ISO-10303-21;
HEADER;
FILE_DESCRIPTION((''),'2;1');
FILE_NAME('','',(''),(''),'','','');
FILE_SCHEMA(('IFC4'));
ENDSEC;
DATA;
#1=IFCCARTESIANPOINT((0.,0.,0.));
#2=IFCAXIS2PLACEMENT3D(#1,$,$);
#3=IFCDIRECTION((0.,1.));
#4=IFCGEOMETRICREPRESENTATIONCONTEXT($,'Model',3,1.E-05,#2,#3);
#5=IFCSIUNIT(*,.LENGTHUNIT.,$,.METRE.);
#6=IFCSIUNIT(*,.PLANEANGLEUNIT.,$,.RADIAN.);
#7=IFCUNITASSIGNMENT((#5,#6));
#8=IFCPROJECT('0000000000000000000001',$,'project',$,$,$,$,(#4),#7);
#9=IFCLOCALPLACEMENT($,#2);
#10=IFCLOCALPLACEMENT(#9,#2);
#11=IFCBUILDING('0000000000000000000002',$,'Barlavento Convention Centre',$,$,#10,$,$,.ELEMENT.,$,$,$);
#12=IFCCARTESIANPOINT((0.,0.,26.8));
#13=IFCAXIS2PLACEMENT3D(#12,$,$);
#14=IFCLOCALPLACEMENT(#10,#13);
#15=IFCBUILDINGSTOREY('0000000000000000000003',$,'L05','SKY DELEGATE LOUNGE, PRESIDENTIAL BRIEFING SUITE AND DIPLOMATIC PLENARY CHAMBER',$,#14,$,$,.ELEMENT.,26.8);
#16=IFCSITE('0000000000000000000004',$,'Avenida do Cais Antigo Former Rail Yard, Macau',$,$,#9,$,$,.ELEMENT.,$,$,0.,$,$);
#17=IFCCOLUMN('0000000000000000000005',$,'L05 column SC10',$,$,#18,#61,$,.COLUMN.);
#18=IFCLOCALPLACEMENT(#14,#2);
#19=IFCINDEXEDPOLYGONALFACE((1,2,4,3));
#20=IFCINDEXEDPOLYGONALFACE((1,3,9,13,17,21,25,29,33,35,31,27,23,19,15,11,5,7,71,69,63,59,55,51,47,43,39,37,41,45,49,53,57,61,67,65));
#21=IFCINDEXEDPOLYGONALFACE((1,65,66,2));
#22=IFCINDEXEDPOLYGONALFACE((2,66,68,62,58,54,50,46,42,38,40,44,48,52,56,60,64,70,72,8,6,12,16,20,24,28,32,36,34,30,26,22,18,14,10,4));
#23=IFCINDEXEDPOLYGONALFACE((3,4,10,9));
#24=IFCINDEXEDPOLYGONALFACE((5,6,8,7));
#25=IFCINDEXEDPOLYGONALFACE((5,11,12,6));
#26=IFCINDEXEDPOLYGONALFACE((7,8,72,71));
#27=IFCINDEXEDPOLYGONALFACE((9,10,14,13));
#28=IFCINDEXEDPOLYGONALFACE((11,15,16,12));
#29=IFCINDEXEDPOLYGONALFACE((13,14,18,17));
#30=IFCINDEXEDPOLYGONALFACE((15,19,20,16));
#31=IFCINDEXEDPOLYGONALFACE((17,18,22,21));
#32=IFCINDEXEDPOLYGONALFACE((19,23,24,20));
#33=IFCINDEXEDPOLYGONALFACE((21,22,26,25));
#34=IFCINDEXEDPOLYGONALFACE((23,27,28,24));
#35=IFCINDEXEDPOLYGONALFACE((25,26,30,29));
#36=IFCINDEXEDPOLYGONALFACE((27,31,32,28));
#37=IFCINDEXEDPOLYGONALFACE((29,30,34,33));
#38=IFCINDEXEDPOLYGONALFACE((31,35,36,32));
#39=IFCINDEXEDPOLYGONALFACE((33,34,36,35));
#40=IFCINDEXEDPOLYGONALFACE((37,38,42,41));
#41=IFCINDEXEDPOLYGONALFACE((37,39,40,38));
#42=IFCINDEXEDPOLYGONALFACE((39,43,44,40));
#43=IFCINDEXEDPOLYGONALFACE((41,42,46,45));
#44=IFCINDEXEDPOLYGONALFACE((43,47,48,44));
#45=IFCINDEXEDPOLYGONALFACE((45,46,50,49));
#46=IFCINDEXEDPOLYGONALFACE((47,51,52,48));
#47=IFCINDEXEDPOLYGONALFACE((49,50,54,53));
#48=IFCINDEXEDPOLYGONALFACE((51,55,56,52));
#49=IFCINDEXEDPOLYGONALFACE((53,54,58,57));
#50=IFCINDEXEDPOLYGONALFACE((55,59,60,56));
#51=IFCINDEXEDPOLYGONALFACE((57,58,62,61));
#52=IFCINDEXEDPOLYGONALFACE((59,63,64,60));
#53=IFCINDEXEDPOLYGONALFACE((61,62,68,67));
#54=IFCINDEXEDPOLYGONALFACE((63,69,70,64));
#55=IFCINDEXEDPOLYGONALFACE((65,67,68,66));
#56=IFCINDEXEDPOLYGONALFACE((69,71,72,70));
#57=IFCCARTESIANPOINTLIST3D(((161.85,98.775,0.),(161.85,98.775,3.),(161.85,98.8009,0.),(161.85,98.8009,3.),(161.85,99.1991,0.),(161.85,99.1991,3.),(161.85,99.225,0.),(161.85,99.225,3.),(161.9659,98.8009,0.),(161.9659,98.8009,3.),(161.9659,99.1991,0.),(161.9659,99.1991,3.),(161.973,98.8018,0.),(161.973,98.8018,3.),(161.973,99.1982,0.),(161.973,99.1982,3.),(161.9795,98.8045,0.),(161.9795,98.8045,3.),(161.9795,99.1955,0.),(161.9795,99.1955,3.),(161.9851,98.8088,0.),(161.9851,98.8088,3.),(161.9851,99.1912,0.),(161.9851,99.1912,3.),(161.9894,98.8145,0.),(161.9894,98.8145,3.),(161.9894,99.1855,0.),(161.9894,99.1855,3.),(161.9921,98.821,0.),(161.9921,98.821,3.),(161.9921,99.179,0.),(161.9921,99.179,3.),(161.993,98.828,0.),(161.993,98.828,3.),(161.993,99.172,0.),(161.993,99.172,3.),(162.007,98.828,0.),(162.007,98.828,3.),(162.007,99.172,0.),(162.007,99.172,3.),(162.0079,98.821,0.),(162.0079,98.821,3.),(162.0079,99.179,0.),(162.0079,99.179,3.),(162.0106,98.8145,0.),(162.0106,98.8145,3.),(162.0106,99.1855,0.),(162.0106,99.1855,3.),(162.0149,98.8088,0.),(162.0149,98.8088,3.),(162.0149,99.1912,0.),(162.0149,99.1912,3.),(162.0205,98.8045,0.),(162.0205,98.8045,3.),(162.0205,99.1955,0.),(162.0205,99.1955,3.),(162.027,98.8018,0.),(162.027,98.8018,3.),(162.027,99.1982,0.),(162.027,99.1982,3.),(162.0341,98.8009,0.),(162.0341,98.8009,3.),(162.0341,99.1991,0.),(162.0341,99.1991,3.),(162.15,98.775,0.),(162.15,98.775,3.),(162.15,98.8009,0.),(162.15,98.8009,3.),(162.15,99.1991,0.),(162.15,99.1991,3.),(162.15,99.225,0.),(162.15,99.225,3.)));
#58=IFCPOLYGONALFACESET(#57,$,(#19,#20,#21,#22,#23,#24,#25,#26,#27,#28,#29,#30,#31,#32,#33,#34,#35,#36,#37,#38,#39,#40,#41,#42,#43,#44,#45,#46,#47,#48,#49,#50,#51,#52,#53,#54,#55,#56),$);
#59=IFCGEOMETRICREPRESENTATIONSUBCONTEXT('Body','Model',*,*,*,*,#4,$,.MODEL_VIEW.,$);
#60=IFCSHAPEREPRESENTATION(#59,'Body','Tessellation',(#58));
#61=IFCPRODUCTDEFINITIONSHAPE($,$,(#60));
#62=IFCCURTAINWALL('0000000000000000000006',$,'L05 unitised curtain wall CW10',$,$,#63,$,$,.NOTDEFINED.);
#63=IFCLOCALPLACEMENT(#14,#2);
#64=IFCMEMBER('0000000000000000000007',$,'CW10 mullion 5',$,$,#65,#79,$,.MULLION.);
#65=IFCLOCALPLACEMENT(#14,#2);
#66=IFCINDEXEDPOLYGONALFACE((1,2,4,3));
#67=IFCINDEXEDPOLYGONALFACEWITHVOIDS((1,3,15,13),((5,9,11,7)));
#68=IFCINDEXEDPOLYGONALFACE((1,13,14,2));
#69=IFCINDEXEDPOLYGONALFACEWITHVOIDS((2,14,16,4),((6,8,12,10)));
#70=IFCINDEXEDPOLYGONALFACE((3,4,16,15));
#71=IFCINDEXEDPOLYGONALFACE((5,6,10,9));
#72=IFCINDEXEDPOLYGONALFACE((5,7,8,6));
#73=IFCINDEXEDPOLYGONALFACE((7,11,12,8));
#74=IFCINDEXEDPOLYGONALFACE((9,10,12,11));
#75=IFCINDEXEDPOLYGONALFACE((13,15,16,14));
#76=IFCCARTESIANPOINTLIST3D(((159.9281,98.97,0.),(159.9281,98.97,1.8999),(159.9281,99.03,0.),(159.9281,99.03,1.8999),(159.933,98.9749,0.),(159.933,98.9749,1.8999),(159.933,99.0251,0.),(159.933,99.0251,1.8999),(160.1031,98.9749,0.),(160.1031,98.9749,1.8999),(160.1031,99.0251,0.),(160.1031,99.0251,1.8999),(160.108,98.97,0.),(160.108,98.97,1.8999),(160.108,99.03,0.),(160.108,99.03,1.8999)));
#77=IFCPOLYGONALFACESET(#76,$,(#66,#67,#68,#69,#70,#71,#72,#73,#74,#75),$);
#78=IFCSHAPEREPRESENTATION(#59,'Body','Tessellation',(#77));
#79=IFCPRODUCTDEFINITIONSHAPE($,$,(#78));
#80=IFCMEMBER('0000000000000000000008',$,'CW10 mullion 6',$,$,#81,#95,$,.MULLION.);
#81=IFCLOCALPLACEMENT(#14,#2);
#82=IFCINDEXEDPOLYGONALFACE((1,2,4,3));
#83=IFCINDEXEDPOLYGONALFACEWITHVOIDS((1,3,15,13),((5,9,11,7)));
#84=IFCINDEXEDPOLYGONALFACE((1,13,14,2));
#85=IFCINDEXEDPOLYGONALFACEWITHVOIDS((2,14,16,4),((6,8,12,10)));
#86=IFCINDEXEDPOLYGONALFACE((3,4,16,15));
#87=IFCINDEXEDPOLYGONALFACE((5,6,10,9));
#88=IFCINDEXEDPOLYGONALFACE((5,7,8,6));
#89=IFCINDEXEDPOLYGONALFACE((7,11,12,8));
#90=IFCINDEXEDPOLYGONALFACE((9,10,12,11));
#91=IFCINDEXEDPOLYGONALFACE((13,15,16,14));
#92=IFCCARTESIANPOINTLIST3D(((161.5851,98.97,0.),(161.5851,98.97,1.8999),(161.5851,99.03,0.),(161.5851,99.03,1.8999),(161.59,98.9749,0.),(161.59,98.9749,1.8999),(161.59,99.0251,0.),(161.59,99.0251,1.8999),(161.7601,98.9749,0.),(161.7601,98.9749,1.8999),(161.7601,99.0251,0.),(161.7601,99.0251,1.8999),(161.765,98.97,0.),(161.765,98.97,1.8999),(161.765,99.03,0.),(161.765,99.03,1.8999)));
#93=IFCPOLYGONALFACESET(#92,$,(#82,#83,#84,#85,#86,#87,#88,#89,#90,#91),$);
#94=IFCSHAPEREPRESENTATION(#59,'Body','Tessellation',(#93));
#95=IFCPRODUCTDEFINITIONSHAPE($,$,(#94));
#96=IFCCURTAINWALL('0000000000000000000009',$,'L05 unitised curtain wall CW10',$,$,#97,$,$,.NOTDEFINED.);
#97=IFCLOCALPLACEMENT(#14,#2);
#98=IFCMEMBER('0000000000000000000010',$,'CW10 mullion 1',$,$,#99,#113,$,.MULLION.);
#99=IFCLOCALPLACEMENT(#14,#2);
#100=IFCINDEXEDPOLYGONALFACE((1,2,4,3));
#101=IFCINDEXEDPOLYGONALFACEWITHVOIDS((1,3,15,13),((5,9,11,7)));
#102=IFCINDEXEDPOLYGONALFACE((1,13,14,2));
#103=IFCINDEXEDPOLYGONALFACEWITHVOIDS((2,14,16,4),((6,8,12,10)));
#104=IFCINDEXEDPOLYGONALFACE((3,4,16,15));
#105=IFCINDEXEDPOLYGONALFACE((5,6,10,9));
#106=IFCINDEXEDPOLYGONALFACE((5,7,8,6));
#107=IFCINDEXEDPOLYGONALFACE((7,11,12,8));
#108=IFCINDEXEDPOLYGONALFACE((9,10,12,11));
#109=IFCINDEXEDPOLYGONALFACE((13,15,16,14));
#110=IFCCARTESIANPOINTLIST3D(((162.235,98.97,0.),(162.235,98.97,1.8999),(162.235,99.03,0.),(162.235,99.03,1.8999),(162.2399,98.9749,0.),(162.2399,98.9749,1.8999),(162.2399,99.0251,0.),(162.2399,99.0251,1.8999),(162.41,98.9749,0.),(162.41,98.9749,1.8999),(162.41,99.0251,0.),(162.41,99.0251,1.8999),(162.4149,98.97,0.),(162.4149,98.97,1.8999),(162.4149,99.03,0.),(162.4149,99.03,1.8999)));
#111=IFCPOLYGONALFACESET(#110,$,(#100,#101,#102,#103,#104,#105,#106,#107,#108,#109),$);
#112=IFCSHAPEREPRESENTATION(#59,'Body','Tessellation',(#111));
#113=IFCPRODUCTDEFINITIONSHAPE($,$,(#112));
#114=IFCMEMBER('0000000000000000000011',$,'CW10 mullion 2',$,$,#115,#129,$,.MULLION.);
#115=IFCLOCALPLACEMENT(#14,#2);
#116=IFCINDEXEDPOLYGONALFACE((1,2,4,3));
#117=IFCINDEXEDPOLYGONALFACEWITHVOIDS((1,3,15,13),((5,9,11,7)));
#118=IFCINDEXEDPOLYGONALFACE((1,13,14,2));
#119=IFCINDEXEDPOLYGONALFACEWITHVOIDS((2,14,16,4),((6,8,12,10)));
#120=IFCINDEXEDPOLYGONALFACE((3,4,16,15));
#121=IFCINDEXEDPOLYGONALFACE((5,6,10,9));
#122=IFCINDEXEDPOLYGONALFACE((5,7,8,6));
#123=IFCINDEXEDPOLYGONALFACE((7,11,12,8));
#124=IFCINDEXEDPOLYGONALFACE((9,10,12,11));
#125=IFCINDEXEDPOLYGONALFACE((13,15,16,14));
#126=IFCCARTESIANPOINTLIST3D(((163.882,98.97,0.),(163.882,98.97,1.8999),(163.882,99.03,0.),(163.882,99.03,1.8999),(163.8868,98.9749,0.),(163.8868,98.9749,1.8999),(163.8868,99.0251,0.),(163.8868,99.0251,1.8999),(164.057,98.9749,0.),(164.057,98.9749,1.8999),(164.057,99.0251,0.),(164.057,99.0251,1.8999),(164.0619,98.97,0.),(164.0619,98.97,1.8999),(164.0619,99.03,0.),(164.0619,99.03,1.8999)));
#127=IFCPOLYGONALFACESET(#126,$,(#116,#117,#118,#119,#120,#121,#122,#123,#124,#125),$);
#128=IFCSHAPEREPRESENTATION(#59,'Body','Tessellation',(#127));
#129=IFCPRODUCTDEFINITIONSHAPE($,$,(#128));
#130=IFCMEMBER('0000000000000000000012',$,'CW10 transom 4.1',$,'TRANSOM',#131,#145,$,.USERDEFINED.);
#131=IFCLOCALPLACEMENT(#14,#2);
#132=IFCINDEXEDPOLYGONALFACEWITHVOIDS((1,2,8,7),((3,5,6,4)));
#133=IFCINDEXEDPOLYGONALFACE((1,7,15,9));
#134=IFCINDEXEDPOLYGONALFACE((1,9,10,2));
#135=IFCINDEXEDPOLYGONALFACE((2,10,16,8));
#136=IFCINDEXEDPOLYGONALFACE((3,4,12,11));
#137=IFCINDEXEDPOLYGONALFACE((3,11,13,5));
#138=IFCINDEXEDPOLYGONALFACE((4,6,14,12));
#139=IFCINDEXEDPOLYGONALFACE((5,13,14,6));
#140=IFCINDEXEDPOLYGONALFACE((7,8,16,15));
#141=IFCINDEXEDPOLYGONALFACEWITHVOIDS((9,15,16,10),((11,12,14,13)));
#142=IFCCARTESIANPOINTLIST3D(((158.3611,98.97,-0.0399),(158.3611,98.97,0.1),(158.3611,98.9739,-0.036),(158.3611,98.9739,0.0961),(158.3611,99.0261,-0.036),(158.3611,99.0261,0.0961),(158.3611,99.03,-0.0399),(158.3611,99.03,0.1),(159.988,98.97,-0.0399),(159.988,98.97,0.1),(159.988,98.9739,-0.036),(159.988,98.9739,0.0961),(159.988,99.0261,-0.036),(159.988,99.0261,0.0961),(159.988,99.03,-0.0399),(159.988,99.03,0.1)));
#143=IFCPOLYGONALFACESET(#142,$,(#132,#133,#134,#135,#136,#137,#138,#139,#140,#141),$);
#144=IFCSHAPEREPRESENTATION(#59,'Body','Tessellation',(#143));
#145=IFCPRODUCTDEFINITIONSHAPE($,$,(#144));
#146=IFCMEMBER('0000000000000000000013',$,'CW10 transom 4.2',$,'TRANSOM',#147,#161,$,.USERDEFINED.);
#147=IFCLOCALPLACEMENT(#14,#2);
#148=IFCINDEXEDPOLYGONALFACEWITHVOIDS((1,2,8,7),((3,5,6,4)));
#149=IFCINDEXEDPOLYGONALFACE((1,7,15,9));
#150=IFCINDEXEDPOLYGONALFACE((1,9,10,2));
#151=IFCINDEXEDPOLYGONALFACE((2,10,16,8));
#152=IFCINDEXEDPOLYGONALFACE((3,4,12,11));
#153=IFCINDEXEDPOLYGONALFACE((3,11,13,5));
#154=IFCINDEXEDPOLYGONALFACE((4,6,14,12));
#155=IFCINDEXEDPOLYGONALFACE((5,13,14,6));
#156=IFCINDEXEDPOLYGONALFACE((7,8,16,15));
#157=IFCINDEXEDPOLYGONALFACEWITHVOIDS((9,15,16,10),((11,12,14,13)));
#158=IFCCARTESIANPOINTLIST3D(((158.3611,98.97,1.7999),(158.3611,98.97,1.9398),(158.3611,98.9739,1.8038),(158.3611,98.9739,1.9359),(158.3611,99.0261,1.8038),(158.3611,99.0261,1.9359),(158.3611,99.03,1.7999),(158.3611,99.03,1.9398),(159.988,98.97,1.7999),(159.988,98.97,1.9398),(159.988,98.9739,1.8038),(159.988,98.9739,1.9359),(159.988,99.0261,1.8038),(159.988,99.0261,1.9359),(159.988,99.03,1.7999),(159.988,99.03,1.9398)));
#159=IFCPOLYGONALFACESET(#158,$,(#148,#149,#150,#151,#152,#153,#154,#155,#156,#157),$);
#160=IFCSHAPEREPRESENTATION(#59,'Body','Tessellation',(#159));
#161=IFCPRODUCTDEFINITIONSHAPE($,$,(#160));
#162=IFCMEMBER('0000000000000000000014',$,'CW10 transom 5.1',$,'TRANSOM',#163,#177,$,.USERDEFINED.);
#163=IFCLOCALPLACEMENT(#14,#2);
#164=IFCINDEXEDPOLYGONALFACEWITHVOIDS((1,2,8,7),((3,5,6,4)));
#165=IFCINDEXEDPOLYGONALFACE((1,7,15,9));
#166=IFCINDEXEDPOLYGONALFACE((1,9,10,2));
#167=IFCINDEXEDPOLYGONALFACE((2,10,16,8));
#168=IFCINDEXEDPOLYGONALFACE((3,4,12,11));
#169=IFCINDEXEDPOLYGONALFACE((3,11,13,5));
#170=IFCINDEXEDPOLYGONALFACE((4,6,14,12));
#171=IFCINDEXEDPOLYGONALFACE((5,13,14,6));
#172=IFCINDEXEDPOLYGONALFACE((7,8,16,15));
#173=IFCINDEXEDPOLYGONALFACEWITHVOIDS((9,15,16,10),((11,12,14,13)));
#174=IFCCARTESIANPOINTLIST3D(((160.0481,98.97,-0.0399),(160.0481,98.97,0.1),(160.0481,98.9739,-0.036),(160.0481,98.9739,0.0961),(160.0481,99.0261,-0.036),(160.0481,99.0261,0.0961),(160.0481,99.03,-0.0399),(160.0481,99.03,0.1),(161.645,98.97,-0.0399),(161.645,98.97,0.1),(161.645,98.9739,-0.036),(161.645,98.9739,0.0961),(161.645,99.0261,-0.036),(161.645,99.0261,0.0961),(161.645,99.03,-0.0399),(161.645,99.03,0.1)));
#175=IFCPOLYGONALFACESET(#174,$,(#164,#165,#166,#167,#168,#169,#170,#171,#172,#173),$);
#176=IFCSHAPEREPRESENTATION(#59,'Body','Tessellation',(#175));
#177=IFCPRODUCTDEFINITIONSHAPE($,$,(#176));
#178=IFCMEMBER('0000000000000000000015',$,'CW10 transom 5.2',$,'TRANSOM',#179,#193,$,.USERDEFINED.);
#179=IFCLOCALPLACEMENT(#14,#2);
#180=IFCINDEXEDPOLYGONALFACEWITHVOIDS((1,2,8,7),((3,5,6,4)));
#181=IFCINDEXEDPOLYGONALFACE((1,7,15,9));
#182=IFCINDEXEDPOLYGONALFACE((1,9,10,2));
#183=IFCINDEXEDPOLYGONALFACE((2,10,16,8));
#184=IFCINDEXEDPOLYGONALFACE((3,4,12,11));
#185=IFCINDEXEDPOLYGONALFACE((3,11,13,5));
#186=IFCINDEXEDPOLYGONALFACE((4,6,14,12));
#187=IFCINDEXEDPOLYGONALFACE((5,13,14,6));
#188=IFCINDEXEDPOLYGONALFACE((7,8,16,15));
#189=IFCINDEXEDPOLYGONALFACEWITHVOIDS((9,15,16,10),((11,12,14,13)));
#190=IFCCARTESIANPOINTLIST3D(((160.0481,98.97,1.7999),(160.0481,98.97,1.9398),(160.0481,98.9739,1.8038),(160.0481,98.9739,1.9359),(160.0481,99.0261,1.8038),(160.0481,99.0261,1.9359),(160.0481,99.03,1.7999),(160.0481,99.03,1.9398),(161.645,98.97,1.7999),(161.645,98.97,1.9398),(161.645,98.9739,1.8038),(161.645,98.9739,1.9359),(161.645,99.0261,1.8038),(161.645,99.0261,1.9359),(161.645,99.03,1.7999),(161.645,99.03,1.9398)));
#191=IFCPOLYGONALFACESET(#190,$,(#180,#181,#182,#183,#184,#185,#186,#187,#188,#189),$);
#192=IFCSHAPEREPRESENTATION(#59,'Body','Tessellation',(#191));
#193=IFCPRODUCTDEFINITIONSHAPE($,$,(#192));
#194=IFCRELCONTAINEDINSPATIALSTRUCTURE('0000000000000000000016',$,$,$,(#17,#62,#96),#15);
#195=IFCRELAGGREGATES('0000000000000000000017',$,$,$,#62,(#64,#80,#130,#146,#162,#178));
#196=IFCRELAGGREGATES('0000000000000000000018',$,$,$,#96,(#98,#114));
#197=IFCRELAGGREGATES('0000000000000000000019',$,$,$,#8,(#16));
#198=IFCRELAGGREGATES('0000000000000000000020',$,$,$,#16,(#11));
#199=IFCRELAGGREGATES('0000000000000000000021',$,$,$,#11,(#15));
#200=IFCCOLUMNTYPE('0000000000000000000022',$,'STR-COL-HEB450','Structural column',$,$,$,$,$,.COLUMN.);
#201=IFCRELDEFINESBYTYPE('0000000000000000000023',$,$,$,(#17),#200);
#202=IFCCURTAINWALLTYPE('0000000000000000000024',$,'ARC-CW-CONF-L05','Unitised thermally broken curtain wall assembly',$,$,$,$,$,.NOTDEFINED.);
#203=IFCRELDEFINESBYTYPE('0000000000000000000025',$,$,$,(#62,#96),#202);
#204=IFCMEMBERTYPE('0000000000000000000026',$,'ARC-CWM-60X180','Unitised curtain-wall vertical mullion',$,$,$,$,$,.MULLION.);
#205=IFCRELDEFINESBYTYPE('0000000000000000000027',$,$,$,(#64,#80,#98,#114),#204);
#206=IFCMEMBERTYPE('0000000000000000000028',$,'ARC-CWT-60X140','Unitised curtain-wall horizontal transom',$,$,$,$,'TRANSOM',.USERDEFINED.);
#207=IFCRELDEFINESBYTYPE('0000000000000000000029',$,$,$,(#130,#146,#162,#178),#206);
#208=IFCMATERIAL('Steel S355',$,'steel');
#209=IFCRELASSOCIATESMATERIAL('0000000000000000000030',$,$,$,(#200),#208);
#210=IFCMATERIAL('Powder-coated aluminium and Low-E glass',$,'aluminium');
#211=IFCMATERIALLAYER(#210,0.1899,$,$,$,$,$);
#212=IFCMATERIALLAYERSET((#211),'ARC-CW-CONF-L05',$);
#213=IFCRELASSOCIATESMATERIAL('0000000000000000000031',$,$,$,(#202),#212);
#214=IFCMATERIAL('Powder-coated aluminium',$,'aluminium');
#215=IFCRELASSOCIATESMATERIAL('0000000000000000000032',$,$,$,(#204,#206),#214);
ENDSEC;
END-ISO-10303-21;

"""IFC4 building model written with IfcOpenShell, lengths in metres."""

from ifc_helpers import new_model, si_unit, direction, frame, origin, origin_2d, place, context, subcontext, project, spatial, hollow_rectangle, i_section, extrude, material, layer, layer_set, material_profile, profile_set, type_object, element, aggregate, save


model = new_model("IFC4")

# Units and contexts
model_context = context("Model", 3, precision=1e-05, world=origin(), true_north=direction((0.0, 1.0)))
body_context = subcontext(model_context, "Body", "Model", "MODEL_VIEW")
ifc_project = project(units=[si_unit("LENGTHUNIT", "METRE"), si_unit("PLANEANGLEUNIT", "RADIAN")], contexts=[model_context])

# Site, building, storey
site_placement = place(None, origin())
site = spatial("IfcSite", under=ifc_project, at=site_placement, Name="Avenida do Cais Antigo Former Rail Yard, Macau", CompositionType="ELEMENT", RefElevation=0.0)
building_placement = place(site_placement, origin())
building = spatial("IfcBuilding", under=site, at=building_placement, Name="Barlavento Convention Centre", CompositionType="ELEMENT")
storey_placement = place(building_placement, frame((0.0, 0.0, 26.8)))
storey = spatial("IfcBuildingStorey", under=building, at=storey_placement, Name="L05", Description="SKY DELEGATE LOUNGE, PRESIDENTIAL BRIEFING SUITE AND DIPLOMATIC PLENARY CHAMBER", CompositionType="ELEMENT", Elevation=26.8)

# Column
ifc_material_1 = material(Name="Steel S355", Category="steel")
ifc_material_profile_1 = material_profile(ifc_material_1, i_section(OverallWidth=0.3, OverallDepth=0.45, WebThickness=0.0139, FlangeThickness=0.0259, FilletRadius=0.0271, at=origin_2d()), Name="HEB 450")
ifc_profile_set_1 = profile_set([ifc_material_profile_1], Name="Steel S355")
column_type = type_object("IfcColumnType", Name="STR-COL-HEB450", Description="Structural column", PredefinedType="COLUMN", material=ifc_profile_set_1)
column_placement = place(storey_placement, frame((162.0, 99.0, 0.0), z_axis=(0.0, 0.0, 1.0), x_axis=(1.0, 0.0, 0.0)))
element("IfcColumn", 1, at=column_placement, inside=storey, type_object=column_type, Name="L05 column SC10", PredefinedType="COLUMN", context=body_context, shape_type="SweptSolid", body=[
    extrude(i_section(OverallWidth=0.3, OverallDepth=0.45, WebThickness=0.0139, FlangeThickness=0.0259, FilletRadius=0.0271, at=origin_2d()), origin(), (0.0, 0.0, 1.0), 3.0),
])

# Curtain walls, members
ifc_material_2 = material(Name="Powder-coated aluminium and Low-E glass", Category="aluminium")
ifc_layer_1 = layer(ifc_material_2, 0.1899)
ifc_layer_set_1 = layer_set([ifc_layer_1], Name="ARC-CW-CONF-L05")
curtain_wall_type = type_object("IfcCurtainWallType", Name="ARC-CW-CONF-L05", Description="Unitised thermally broken curtain wall assembly", PredefinedType="NOTDEFINED", material=ifc_layer_set_1)
curtain_wall_1_placement = place(storey_placement, origin())
curtain_wall_1 = element("IfcCurtainWall", 2, at=curtain_wall_1_placement, inside=storey, type_object=curtain_wall_type, Name="L05 unitised curtain wall CW10", PredefinedType="NOTDEFINED")
ifc_material_3 = material(Name="Powder-coated aluminium", Category="aluminium")
ifc_material_profile_2 = material_profile(ifc_material_3, hollow_rectangle(XDim=0.0601, YDim=0.1799, WallThickness=0.0049, at=origin_2d()), Name="AL-MULL 60x180x5")
ifc_profile_set_2 = profile_set([ifc_material_profile_2], Name="Powder-coated aluminium")
member_type_1 = type_object("IfcMemberType", Name="ARC-CWM-60X180", Description="Unitised curtain-wall vertical mullion", PredefinedType="MULLION", material=ifc_profile_set_2)
member_1_placement = place(storey_placement, frame((160.0181, 99.0, 0.0), z_axis=(0.0, 0.0, 1.0), x_axis=(0.0, 1.0, 0.0)))
member_1 = element("IfcMember", 3, at=member_1_placement, type_object=member_type_1, Name="CW10 mullion 5", PredefinedType="MULLION", context=body_context, shape_type="SweptSolid", body=[
    extrude(hollow_rectangle(XDim=0.0601, YDim=0.1799, WallThickness=0.0049, at=origin_2d()), origin(), (0.0, 0.0, 1.0), 1.8999),
])
member_2_placement = place(storey_placement, frame((161.675, 99.0, 0.0), z_axis=(0.0, 0.0, 1.0), x_axis=(0.0, 1.0, 0.0)))
member_2 = element("IfcMember", 4, at=member_2_placement, type_object=member_type_1, Name="CW10 mullion 6", PredefinedType="MULLION", context=body_context, shape_type="SweptSolid", body=[
    extrude(hollow_rectangle(XDim=0.0601, YDim=0.1799, WallThickness=0.0049, at=origin_2d()), origin(), (0.0, 0.0, 1.0), 1.8999),
])
curtain_wall_2_placement = place(storey_placement, origin())
curtain_wall_2 = element("IfcCurtainWall", 5, at=curtain_wall_2_placement, inside=storey, type_object=curtain_wall_type, Name="L05 unitised curtain wall CW10", PredefinedType="NOTDEFINED")
member_3_placement = place(storey_placement, frame((162.325, 99.0, 0.0), z_axis=(0.0, 0.0, 1.0), x_axis=(0.0, 1.0, 0.0)))
member_3 = element("IfcMember", 6, at=member_3_placement, type_object=member_type_1, Name="CW10 mullion 1", PredefinedType="MULLION", context=body_context, shape_type="SweptSolid", body=[
    extrude(hollow_rectangle(XDim=0.0601, YDim=0.1799, WallThickness=0.0049, at=origin_2d()), origin(), (0.0, 0.0, 1.0), 1.8999),
])
member_4_placement = place(storey_placement, frame((163.9719, 99.0, 0.0), z_axis=(0.0, 0.0, 1.0), x_axis=(0.0, 1.0, 0.0)))
member_4 = element("IfcMember", 7, at=member_4_placement, type_object=member_type_1, Name="CW10 mullion 2", PredefinedType="MULLION", context=body_context, shape_type="SweptSolid", body=[
    extrude(hollow_rectangle(XDim=0.0601, YDim=0.1799, WallThickness=0.0049, at=origin_2d()), origin(), (0.0, 0.0, 1.0), 1.8999),
])

# Members
ifc_material_profile_3 = material_profile(ifc_material_3, hollow_rectangle(XDim=0.0601, YDim=0.1399, WallThickness=0.0039, at=origin_2d()), Name="AL-TRAN 60x140x4")
ifc_profile_set_3 = profile_set([ifc_material_profile_3], Name="Powder-coated aluminium")
member_type_2 = type_object("IfcMemberType", Name="ARC-CWT-60X140", Description="Unitised curtain-wall horizontal transom", ElementType="TRANSOM", PredefinedType="USERDEFINED", material=ifc_profile_set_3)
member_5_placement = place(storey_placement, frame((158.3611, 99.0, 0.03), z_axis=(1.0, 0.0, 0.0), x_axis=(0.0, 1.0, 0.0)))
member_5 = element("IfcMember", 8, at=member_5_placement, type_object=member_type_2, Name="CW10 transom 4.1", ObjectType="TRANSOM", PredefinedType="USERDEFINED", context=body_context, shape_type="SweptSolid", body=[
    extrude(hollow_rectangle(XDim=0.0601, YDim=0.1399, WallThickness=0.0039, at=origin_2d()), origin(), (0.0, 0.0, 1.0), 1.627),
])
member_6_placement = place(storey_placement, frame((158.3611, 99.0, 1.8699), z_axis=(1.0, 0.0, 0.0), x_axis=(0.0, 1.0, 0.0)))
member_6 = element("IfcMember", 9, at=member_6_placement, type_object=member_type_2, Name="CW10 transom 4.2", ObjectType="TRANSOM", PredefinedType="USERDEFINED", context=body_context, shape_type="SweptSolid", body=[
    extrude(hollow_rectangle(XDim=0.0601, YDim=0.1399, WallThickness=0.0039, at=origin_2d()), origin(), (0.0, 0.0, 1.0), 1.627),
])
member_7_placement = place(storey_placement, frame((160.0481, 99.0, 0.03), z_axis=(1.0, 0.0, 0.0), x_axis=(0.0, 1.0, 0.0)))
member_7 = element("IfcMember", 10, at=member_7_placement, type_object=member_type_2, Name="CW10 transom 5.1", ObjectType="TRANSOM", PredefinedType="USERDEFINED", context=body_context, shape_type="SweptSolid", body=[
    extrude(hollow_rectangle(XDim=0.0601, YDim=0.1399, WallThickness=0.0039, at=origin_2d()), origin(), (0.0, 0.0, 1.0), 1.5969),
])
member_8_placement = place(storey_placement, frame((160.0481, 99.0, 1.8699), z_axis=(1.0, 0.0, 0.0), x_axis=(0.0, 1.0, 0.0)))
member_8 = element("IfcMember", 11, at=member_8_placement, type_object=member_type_2, Name="CW10 transom 5.2", ObjectType="TRANSOM", PredefinedType="USERDEFINED", context=body_context, shape_type="SweptSolid", body=[
    extrude(hollow_rectangle(XDim=0.0601, YDim=0.1399, WallThickness=0.0039, at=origin_2d()), origin(), (0.0, 0.0, 1.0), 1.5969),
])

aggregate(curtain_wall_1, [member_1, member_2, member_5, member_6, member_7, member_8])
aggregate(curtain_wall_2, [member_3, member_4])

save(model, "model.ifc")
